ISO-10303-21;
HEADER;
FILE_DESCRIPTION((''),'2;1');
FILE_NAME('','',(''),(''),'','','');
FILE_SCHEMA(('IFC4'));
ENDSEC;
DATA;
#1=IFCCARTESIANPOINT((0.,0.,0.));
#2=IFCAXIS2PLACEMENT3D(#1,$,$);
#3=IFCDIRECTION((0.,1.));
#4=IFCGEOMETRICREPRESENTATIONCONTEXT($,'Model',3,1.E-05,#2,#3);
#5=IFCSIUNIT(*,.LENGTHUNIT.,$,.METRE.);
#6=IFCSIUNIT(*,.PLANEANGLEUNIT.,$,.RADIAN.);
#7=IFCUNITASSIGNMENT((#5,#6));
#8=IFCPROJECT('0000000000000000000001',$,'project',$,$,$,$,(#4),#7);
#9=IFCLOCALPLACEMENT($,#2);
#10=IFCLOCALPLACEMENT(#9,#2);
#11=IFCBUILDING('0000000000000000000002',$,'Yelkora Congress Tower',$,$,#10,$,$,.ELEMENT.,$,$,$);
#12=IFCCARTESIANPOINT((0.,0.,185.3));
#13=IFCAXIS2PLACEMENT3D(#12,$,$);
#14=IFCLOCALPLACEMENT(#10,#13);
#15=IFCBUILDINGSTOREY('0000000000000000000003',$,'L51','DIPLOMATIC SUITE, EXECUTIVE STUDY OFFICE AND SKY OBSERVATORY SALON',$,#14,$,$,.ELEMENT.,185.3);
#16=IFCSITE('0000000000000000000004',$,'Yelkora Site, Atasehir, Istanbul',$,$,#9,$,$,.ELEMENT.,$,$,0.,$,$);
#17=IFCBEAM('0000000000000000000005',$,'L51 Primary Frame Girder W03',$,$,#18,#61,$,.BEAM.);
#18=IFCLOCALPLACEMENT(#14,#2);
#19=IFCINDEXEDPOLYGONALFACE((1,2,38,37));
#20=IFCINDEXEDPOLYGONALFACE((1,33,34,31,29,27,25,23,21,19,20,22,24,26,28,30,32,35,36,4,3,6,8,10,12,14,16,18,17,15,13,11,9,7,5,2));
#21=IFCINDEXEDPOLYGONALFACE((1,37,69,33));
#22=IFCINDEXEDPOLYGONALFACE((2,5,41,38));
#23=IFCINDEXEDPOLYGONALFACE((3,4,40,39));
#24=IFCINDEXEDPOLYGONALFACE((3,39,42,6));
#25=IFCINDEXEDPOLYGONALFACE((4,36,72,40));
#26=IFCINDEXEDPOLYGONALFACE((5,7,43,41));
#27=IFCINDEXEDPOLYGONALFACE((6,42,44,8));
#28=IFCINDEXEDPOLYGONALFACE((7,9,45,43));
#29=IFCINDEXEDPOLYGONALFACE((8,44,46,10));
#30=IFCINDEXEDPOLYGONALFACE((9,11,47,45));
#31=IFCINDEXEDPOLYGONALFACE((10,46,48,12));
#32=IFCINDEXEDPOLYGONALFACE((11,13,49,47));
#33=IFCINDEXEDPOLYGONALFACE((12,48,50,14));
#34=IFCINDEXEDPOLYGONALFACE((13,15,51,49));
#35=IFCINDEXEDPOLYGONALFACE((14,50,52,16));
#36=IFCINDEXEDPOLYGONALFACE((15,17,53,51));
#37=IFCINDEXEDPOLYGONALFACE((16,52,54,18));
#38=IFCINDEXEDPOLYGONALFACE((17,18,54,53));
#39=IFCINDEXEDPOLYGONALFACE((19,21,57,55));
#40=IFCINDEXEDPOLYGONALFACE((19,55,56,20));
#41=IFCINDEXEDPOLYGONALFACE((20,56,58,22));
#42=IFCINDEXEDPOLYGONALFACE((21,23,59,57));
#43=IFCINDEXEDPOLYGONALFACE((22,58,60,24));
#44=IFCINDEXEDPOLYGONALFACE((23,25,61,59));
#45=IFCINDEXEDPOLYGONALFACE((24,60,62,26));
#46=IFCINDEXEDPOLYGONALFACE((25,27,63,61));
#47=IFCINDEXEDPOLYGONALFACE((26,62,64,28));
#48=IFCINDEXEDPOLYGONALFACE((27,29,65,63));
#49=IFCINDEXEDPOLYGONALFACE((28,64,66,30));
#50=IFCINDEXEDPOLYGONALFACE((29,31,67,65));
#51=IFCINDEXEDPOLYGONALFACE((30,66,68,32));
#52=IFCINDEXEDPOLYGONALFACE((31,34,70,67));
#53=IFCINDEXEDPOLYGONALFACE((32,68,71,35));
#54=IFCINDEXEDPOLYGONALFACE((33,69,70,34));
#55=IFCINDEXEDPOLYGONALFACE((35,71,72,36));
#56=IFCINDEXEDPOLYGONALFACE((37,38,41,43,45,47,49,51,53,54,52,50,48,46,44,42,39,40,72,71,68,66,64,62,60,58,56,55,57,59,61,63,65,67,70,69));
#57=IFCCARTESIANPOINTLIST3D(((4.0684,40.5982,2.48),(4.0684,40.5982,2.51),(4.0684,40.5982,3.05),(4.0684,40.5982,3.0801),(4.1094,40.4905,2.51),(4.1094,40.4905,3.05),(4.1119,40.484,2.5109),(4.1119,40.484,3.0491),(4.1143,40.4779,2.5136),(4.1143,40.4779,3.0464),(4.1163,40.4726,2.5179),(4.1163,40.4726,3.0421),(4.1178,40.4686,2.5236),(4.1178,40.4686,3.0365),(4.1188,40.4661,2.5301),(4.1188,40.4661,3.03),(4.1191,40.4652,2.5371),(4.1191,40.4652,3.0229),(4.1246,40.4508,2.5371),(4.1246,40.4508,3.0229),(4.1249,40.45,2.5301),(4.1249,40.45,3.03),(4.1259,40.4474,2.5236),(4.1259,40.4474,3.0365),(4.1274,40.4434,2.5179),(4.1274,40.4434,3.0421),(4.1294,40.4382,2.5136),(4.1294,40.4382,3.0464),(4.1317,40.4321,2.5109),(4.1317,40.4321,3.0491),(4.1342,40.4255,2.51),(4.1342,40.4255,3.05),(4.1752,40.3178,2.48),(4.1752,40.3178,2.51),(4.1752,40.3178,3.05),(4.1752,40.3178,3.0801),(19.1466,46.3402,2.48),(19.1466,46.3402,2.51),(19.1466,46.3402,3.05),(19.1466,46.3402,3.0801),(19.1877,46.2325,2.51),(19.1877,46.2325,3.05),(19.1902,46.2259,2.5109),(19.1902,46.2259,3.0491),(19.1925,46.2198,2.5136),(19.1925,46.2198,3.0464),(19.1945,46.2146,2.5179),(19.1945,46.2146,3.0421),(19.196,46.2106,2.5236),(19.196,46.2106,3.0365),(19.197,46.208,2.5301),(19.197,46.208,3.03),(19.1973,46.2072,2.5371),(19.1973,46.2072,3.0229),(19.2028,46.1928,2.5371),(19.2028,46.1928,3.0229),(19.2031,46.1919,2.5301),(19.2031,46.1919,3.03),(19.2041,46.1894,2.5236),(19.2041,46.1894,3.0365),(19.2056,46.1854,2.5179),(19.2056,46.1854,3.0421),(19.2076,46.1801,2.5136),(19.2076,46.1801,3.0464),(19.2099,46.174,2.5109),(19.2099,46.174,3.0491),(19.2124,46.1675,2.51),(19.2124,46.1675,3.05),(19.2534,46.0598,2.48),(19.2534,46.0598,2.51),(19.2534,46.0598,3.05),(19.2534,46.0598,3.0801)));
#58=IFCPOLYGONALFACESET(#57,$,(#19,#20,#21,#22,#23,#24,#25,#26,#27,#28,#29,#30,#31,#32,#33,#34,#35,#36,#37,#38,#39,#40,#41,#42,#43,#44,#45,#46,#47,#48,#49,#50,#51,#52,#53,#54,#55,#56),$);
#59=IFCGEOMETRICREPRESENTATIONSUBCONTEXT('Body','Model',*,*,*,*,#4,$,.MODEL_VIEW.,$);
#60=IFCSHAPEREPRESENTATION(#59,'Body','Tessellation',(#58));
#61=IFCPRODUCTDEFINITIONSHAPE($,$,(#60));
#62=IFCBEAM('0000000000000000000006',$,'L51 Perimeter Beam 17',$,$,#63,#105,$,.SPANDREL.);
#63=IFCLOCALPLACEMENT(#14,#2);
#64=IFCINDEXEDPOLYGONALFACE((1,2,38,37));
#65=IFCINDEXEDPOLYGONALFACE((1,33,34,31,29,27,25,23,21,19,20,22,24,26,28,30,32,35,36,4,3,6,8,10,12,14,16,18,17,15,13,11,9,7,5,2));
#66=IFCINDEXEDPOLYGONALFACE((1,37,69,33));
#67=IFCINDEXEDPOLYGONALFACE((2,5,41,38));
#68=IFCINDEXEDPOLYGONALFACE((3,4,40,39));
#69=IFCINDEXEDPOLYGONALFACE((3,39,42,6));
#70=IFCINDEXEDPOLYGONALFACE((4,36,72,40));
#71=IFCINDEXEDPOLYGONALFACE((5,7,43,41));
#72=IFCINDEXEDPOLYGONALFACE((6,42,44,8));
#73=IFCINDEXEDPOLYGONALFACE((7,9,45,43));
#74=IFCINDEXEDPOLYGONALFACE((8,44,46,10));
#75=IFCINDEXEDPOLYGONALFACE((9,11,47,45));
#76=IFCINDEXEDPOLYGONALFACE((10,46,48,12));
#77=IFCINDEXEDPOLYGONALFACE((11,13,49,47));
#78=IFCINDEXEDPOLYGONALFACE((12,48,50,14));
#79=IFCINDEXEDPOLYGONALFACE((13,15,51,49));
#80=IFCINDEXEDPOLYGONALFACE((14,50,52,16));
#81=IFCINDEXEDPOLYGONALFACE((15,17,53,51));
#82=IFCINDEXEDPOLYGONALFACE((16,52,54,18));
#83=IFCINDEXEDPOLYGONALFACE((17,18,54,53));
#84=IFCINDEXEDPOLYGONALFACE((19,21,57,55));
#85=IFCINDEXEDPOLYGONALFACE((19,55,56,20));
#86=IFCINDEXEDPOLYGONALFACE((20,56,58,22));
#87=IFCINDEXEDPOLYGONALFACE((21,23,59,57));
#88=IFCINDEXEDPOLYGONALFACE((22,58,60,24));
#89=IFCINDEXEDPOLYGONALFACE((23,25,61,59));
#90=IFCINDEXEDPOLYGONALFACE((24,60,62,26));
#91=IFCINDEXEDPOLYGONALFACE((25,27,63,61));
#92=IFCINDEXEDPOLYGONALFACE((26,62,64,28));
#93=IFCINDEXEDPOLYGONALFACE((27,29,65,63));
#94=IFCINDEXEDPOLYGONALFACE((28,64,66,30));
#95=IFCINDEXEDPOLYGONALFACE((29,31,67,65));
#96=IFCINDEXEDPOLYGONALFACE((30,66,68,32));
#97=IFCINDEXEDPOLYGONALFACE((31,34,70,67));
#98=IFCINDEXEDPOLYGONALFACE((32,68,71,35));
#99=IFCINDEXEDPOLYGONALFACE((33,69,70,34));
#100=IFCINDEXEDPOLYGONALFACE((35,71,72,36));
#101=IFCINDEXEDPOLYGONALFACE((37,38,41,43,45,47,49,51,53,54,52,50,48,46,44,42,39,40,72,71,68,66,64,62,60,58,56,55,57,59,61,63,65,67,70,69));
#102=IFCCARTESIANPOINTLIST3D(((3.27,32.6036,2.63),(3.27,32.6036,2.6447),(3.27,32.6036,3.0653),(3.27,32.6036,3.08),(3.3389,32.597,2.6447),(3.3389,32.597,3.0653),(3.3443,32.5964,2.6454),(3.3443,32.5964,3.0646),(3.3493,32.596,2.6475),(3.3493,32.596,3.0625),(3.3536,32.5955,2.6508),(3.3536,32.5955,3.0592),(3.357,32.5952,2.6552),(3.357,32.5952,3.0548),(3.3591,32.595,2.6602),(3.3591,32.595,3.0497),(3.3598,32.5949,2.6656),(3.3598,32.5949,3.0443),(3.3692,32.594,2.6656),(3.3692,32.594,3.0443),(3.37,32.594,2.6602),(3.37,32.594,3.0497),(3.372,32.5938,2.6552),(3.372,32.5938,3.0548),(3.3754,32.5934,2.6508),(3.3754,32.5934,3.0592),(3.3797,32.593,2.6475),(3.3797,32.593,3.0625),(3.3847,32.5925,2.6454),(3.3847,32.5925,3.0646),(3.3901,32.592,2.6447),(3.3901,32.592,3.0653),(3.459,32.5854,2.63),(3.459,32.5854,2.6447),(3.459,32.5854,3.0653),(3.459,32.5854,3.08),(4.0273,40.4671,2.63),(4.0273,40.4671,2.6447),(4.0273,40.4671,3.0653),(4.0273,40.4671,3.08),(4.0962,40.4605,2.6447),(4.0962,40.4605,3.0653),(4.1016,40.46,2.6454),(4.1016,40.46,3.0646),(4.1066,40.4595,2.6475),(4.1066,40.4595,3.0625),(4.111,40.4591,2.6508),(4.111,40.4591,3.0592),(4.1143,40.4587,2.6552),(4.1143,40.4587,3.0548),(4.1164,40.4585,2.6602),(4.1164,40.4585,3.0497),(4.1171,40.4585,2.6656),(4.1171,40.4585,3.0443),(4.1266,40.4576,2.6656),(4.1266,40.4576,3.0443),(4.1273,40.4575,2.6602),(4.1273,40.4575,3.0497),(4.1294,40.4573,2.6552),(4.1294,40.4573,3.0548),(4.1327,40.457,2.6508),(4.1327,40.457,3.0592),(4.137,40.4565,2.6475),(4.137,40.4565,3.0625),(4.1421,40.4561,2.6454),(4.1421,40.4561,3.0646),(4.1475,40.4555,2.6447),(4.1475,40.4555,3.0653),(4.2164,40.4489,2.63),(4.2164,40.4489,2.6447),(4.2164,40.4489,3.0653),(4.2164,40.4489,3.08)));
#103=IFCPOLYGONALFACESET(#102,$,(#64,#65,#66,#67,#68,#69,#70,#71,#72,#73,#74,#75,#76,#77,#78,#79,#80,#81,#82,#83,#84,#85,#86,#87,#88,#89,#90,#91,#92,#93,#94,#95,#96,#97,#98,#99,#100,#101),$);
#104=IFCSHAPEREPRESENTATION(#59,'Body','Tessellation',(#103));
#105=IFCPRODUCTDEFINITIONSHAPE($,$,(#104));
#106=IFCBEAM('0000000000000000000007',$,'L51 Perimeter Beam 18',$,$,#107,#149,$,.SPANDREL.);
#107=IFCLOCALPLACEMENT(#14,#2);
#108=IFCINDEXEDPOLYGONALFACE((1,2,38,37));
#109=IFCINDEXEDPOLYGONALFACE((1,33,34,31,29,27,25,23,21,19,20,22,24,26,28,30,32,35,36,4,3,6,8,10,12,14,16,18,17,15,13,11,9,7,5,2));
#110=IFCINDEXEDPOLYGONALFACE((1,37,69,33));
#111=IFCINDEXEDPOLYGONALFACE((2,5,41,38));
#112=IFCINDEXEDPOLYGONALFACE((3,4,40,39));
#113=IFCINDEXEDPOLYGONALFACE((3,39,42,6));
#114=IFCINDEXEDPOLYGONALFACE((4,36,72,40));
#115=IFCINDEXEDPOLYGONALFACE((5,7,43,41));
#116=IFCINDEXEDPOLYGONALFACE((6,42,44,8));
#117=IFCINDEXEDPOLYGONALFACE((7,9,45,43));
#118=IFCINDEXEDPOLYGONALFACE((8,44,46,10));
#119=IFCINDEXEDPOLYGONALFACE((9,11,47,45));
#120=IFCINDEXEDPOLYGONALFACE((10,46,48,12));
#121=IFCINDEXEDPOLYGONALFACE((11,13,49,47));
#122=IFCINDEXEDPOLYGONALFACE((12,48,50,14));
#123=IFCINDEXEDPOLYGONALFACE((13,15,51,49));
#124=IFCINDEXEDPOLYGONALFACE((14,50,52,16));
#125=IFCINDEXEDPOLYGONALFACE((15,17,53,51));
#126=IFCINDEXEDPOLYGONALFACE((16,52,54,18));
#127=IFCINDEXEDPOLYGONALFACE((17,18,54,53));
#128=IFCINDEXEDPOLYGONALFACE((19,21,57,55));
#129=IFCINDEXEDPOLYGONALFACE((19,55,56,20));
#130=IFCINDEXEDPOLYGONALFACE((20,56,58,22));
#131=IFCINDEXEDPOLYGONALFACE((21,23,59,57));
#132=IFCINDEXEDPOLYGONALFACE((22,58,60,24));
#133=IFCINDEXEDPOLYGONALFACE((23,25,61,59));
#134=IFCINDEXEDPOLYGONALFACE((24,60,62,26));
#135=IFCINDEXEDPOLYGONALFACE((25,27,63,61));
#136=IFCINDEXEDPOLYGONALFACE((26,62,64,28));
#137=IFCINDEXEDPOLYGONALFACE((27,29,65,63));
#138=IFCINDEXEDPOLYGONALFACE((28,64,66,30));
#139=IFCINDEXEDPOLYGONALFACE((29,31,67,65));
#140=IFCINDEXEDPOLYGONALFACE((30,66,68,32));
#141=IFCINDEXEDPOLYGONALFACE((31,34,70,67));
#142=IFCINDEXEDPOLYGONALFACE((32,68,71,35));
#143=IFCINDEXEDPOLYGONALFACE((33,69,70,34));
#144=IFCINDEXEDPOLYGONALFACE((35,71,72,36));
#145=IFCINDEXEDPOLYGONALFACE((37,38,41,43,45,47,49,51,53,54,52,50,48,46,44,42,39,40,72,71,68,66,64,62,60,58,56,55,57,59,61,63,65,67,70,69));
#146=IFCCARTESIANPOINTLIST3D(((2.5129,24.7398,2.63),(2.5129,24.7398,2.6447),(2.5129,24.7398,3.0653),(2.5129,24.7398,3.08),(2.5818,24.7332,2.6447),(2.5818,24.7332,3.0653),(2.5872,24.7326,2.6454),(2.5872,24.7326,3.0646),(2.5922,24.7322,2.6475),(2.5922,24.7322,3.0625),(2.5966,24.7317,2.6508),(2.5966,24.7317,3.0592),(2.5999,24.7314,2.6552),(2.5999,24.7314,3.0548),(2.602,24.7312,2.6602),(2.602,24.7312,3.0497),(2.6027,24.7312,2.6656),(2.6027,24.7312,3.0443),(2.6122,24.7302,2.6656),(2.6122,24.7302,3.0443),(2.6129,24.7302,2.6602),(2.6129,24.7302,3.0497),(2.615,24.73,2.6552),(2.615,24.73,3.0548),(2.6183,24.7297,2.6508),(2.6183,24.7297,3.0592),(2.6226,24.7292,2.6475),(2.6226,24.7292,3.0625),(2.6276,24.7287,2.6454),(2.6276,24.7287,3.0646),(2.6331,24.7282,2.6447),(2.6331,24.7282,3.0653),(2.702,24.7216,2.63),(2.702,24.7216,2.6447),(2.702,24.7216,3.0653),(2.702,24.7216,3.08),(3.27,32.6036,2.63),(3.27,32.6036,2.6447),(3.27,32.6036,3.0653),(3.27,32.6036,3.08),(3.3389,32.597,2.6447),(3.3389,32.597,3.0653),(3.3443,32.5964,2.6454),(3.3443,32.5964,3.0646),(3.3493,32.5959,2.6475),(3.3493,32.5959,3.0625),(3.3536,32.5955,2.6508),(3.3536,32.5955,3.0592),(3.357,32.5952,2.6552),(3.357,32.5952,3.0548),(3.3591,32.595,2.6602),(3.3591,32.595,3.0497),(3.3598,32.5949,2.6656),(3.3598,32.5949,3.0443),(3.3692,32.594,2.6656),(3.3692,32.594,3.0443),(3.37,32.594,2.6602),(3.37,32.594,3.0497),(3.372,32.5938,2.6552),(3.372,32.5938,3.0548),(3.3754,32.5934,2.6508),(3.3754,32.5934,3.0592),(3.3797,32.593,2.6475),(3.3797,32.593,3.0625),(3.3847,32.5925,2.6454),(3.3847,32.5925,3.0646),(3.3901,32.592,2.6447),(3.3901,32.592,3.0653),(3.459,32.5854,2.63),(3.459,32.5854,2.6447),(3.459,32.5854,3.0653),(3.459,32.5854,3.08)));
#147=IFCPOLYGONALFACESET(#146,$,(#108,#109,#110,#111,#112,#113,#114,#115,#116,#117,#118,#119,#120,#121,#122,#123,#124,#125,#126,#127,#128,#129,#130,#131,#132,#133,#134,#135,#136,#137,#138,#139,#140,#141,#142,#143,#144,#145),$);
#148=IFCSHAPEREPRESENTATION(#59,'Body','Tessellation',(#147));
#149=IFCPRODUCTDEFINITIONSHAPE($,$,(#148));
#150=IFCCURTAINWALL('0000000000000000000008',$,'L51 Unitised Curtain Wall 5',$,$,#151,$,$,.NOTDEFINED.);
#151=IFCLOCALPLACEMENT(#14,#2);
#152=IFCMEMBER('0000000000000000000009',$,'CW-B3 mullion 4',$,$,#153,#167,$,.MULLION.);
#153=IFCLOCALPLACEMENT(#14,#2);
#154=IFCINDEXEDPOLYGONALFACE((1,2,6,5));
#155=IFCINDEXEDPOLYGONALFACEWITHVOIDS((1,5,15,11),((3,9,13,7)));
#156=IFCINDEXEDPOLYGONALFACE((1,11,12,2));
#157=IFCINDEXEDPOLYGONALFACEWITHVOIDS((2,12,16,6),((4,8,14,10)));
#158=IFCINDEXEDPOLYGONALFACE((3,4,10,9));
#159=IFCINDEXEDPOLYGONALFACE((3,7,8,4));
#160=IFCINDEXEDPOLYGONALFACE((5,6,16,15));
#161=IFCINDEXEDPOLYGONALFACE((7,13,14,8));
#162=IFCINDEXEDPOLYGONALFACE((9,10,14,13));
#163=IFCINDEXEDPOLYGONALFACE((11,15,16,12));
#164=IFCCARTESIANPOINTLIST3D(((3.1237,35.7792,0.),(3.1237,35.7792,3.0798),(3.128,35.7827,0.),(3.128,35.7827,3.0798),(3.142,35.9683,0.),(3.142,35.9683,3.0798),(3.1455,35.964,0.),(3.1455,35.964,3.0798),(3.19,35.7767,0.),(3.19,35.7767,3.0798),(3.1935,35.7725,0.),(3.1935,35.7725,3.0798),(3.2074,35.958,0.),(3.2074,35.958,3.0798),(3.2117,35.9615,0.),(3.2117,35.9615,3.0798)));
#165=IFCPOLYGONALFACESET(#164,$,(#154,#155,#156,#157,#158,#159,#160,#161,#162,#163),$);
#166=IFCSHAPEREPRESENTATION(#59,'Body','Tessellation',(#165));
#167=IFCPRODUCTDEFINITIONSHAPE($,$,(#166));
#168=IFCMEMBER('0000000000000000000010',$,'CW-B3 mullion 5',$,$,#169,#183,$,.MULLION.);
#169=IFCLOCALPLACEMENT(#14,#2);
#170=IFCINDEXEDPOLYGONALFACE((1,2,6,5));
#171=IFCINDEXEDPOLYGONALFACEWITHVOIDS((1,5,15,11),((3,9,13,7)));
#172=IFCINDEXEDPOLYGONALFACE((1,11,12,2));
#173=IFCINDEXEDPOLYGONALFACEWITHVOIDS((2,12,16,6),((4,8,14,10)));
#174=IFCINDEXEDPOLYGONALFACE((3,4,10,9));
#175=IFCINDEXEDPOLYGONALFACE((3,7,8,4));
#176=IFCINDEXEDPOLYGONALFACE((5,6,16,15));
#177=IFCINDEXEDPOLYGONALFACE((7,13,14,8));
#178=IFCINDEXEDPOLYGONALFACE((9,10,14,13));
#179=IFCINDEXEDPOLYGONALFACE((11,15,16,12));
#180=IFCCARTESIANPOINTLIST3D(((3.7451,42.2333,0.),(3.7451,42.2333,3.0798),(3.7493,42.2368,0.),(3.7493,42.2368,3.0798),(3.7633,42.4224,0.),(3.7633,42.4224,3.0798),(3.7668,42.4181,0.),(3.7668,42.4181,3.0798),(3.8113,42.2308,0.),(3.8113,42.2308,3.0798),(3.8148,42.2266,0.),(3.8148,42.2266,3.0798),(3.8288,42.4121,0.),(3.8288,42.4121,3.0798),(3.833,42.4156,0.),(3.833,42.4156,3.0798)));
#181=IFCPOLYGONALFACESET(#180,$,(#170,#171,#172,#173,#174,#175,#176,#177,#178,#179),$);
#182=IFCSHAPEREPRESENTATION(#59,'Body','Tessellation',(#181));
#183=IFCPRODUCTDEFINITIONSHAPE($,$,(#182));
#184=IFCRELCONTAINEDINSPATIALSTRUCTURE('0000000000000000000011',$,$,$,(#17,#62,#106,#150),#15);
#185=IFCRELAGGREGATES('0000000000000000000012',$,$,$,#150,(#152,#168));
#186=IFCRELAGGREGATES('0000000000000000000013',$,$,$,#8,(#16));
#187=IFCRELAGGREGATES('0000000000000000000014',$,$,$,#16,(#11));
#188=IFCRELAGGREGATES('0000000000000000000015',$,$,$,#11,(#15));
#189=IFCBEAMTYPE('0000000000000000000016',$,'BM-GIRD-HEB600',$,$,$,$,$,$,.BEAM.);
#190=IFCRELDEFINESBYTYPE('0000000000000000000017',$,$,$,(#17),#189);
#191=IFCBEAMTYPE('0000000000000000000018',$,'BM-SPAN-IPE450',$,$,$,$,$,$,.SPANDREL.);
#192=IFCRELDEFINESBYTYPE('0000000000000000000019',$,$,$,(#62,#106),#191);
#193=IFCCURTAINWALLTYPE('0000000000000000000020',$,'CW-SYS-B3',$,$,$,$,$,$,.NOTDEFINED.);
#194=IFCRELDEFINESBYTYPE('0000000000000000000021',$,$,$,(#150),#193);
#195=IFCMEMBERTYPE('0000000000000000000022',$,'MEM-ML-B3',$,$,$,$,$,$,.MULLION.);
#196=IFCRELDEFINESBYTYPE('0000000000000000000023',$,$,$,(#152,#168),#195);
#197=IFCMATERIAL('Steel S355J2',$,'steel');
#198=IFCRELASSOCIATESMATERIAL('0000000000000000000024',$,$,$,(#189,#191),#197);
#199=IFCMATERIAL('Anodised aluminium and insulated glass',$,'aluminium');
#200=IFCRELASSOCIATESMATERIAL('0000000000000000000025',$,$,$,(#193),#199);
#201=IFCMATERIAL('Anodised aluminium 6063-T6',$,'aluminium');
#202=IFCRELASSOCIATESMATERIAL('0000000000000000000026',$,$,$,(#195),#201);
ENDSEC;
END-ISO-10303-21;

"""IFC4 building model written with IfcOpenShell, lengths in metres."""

from ifc_helpers import new_model, si_unit, direction, frame, origin, origin_2d, place, context, subcontext, project, spatial, hollow_rectangle, i_section, extrude, material, material_profile, profile_set, type_object, element, aggregate, save


model = new_model("IFC4")

# Units and contexts
model_context = context("Model", 3, precision=1e-05, world=origin(), true_north=direction((0.0, 1.0)))
body_context = subcontext(model_context, "Body", "Model", "MODEL_VIEW")
ifc_project = project(units=[si_unit("LENGTHUNIT", "METRE"), si_unit("PLANEANGLEUNIT", "RADIAN")], contexts=[model_context])

# Site, building, storey
site_placement = place(None, origin())
site = spatial("IfcSite", under=ifc_project, at=site_placement, Name="Yelkora Site, Atasehir, Istanbul", CompositionType="ELEMENT", RefElevation=0.0)
building_placement = place(site_placement, origin())
building = spatial("IfcBuilding", under=site, at=building_placement, Name="Yelkora Congress Tower", CompositionType="ELEMENT")
storey_placement = place(building_placement, frame((0.0, 0.0, 185.3)))
storey = spatial("IfcBuildingStorey", under=building, at=storey_placement, Name="L51", Description="DIPLOMATIC SUITE, EXECUTIVE STUDY OFFICE AND SKY OBSERVATORY SALON", CompositionType="ELEMENT", Elevation=185.3)

# Beams
ifc_material_1 = material(Name="Steel S355J2", Category="steel")
ifc_material_profile_1 = material_profile(ifc_material_1, i_section(OverallWidth=0.3, OverallDepth=0.6001, WebThickness=0.0154, FlangeThickness=0.03, FilletRadius=0.0271, at=origin_2d()), Name="HEB 600")
ifc_profile_set_1 = profile_set([ifc_material_profile_1], Name="Steel S355J2")
beam_type_1 = type_object("IfcBeamType", Name="BM-GIRD-HEB600", PredefinedType="BEAM", material=ifc_profile_set_1)
beam_1_placement = place(storey_placement, frame((4.1218, 40.458, 2.78), z_axis=(0.934531, 0.355881, 0.0), x_axis=(-0.355881, 0.934531, 0.0)))
element("IfcBeam", 1, at=beam_1_placement, inside=storey, type_object=beam_type_1, Name="L51 Primary Frame Girder W03", PredefinedType="BEAM", context=body_context, shape_type="SweptSolid", body=[
    extrude(i_section(OverallWidth=0.3, OverallDepth=0.6001, WebThickness=0.0154, FlangeThickness=0.03, FilletRadius=0.0271, at=origin_2d()), origin(), (0.0, 0.0, 1.0), 16.1345),
])
ifc_material_profile_2 = material_profile(ifc_material_1, i_section(OverallWidth=0.1899, OverallDepth=0.45, WebThickness=0.0095, FlangeThickness=0.0146, FilletRadius=0.021, at=origin_2d()), Name="IPE 450")
ifc_profile_set_2 = profile_set([ifc_material_profile_2], Name="Steel S355J2")
beam_type_2 = type_object("IfcBeamType", Name="BM-SPAN-IPE450", PredefinedType="SPANDREL", material=ifc_profile_set_2)
beam_2_placement = place(storey_placement, frame((4.1218, 40.458, 2.855), z_axis=(-0.095865, -0.995394, 0.0), x_axis=(0.995394, -0.095865, 0.0)))
element("IfcBeam", 2, at=beam_2_placement, inside=storey, type_object=beam_type_2, Name="L51 Perimeter Beam 17", PredefinedType="SPANDREL", context=body_context, shape_type="SweptSolid", body=[
    extrude(i_section(OverallWidth=0.1899, OverallDepth=0.45, WebThickness=0.0095, FlangeThickness=0.0146, FilletRadius=0.021, at=origin_2d()), origin(), (0.0, 0.0, 1.0), 7.8999),
])
beam_3_placement = place(storey_placement, frame((3.3645, 32.5945, 2.855), z_axis=(-0.095831, -0.995398, 0.0), x_axis=(0.995398, -0.095831, 0.0)))
element("IfcBeam", 3, at=beam_3_placement, inside=storey, type_object=beam_type_2, Name="L51 Perimeter Beam 18", PredefinedType="SPANDREL", context=body_context, shape_type="SweptSolid", body=[
    extrude(i_section(OverallWidth=0.1899, OverallDepth=0.45, WebThickness=0.0095, FlangeThickness=0.0146, FilletRadius=0.021, at=origin_2d()), origin(), (0.0, 0.0, 1.0), 7.9001),
])

# Curtain wall, members
ifc_material_2 = material(Name="Anodised aluminium and insulated glass", Category="aluminium")
curtain_wall_type = type_object("IfcCurtainWallType", Name="CW-SYS-B3", PredefinedType="NOTDEFINED", material=ifc_material_2)
curtain_wall_placement = place(storey_placement, origin())
curtain_wall = element("IfcCurtainWall", 4, at=curtain_wall_placement, inside=storey, type_object=curtain_wall_type, Name="L51 Unitised Curtain Wall 5", PredefinedType="NOTDEFINED")
ifc_material_3 = material(Name="Anodised aluminium 6063-T6", Category="aluminium")
ifc_material_profile_3 = material_profile(ifc_material_3, hollow_rectangle(XDim=0.0701, YDim=0.1899, WallThickness=0.0039, at=origin_2d()), Name="ALU 70x190x4")
ifc_profile_set_3 = profile_set([ifc_material_profile_3], Name="Anodised aluminium 6063-T6")
member_type_1 = type_object("IfcMemberType", Name="MEM-ML-B3", PredefinedType="MULLION", material=ifc_profile_set_3)
member_1_placement = place(storey_placement, frame((3.1677, 35.8704, 0.0), z_axis=(0.0, 0.0, 1.0), x_axis=(-0.995396, 0.095845, 0.0)))
member_1 = element("IfcMember", 5, at=member_1_placement, type_object=member_type_1, Name="CW-B3 mullion 4", PredefinedType="MULLION", context=body_context, shape_type="SweptSolid", body=[
    extrude(hollow_rectangle(XDim=0.0701, YDim=0.1899, WallThickness=0.0039, at=origin_2d()), origin(), (0.0, 0.0, 1.0), 3.0798),
])
member_2_placement = place(storey_placement, frame((3.7891, 42.3245, 0.0), z_axis=(0.0, 0.0, 1.0), x_axis=(-0.995396, 0.095845, 0.0)))
member_2 = element("IfcMember", 6, at=member_2_placement, type_object=member_type_1, Name="CW-B3 mullion 5", PredefinedType="MULLION", context=body_context, shape_type="SweptSolid", body=[
    extrude(hollow_rectangle(XDim=0.0701, YDim=0.1899, WallThickness=0.0039, at=origin_2d()), origin(), (0.0, 0.0, 1.0), 3.0798),
])
aggregate(curtain_wall, [member_1, member_2])

save(model, "model.ifc")
